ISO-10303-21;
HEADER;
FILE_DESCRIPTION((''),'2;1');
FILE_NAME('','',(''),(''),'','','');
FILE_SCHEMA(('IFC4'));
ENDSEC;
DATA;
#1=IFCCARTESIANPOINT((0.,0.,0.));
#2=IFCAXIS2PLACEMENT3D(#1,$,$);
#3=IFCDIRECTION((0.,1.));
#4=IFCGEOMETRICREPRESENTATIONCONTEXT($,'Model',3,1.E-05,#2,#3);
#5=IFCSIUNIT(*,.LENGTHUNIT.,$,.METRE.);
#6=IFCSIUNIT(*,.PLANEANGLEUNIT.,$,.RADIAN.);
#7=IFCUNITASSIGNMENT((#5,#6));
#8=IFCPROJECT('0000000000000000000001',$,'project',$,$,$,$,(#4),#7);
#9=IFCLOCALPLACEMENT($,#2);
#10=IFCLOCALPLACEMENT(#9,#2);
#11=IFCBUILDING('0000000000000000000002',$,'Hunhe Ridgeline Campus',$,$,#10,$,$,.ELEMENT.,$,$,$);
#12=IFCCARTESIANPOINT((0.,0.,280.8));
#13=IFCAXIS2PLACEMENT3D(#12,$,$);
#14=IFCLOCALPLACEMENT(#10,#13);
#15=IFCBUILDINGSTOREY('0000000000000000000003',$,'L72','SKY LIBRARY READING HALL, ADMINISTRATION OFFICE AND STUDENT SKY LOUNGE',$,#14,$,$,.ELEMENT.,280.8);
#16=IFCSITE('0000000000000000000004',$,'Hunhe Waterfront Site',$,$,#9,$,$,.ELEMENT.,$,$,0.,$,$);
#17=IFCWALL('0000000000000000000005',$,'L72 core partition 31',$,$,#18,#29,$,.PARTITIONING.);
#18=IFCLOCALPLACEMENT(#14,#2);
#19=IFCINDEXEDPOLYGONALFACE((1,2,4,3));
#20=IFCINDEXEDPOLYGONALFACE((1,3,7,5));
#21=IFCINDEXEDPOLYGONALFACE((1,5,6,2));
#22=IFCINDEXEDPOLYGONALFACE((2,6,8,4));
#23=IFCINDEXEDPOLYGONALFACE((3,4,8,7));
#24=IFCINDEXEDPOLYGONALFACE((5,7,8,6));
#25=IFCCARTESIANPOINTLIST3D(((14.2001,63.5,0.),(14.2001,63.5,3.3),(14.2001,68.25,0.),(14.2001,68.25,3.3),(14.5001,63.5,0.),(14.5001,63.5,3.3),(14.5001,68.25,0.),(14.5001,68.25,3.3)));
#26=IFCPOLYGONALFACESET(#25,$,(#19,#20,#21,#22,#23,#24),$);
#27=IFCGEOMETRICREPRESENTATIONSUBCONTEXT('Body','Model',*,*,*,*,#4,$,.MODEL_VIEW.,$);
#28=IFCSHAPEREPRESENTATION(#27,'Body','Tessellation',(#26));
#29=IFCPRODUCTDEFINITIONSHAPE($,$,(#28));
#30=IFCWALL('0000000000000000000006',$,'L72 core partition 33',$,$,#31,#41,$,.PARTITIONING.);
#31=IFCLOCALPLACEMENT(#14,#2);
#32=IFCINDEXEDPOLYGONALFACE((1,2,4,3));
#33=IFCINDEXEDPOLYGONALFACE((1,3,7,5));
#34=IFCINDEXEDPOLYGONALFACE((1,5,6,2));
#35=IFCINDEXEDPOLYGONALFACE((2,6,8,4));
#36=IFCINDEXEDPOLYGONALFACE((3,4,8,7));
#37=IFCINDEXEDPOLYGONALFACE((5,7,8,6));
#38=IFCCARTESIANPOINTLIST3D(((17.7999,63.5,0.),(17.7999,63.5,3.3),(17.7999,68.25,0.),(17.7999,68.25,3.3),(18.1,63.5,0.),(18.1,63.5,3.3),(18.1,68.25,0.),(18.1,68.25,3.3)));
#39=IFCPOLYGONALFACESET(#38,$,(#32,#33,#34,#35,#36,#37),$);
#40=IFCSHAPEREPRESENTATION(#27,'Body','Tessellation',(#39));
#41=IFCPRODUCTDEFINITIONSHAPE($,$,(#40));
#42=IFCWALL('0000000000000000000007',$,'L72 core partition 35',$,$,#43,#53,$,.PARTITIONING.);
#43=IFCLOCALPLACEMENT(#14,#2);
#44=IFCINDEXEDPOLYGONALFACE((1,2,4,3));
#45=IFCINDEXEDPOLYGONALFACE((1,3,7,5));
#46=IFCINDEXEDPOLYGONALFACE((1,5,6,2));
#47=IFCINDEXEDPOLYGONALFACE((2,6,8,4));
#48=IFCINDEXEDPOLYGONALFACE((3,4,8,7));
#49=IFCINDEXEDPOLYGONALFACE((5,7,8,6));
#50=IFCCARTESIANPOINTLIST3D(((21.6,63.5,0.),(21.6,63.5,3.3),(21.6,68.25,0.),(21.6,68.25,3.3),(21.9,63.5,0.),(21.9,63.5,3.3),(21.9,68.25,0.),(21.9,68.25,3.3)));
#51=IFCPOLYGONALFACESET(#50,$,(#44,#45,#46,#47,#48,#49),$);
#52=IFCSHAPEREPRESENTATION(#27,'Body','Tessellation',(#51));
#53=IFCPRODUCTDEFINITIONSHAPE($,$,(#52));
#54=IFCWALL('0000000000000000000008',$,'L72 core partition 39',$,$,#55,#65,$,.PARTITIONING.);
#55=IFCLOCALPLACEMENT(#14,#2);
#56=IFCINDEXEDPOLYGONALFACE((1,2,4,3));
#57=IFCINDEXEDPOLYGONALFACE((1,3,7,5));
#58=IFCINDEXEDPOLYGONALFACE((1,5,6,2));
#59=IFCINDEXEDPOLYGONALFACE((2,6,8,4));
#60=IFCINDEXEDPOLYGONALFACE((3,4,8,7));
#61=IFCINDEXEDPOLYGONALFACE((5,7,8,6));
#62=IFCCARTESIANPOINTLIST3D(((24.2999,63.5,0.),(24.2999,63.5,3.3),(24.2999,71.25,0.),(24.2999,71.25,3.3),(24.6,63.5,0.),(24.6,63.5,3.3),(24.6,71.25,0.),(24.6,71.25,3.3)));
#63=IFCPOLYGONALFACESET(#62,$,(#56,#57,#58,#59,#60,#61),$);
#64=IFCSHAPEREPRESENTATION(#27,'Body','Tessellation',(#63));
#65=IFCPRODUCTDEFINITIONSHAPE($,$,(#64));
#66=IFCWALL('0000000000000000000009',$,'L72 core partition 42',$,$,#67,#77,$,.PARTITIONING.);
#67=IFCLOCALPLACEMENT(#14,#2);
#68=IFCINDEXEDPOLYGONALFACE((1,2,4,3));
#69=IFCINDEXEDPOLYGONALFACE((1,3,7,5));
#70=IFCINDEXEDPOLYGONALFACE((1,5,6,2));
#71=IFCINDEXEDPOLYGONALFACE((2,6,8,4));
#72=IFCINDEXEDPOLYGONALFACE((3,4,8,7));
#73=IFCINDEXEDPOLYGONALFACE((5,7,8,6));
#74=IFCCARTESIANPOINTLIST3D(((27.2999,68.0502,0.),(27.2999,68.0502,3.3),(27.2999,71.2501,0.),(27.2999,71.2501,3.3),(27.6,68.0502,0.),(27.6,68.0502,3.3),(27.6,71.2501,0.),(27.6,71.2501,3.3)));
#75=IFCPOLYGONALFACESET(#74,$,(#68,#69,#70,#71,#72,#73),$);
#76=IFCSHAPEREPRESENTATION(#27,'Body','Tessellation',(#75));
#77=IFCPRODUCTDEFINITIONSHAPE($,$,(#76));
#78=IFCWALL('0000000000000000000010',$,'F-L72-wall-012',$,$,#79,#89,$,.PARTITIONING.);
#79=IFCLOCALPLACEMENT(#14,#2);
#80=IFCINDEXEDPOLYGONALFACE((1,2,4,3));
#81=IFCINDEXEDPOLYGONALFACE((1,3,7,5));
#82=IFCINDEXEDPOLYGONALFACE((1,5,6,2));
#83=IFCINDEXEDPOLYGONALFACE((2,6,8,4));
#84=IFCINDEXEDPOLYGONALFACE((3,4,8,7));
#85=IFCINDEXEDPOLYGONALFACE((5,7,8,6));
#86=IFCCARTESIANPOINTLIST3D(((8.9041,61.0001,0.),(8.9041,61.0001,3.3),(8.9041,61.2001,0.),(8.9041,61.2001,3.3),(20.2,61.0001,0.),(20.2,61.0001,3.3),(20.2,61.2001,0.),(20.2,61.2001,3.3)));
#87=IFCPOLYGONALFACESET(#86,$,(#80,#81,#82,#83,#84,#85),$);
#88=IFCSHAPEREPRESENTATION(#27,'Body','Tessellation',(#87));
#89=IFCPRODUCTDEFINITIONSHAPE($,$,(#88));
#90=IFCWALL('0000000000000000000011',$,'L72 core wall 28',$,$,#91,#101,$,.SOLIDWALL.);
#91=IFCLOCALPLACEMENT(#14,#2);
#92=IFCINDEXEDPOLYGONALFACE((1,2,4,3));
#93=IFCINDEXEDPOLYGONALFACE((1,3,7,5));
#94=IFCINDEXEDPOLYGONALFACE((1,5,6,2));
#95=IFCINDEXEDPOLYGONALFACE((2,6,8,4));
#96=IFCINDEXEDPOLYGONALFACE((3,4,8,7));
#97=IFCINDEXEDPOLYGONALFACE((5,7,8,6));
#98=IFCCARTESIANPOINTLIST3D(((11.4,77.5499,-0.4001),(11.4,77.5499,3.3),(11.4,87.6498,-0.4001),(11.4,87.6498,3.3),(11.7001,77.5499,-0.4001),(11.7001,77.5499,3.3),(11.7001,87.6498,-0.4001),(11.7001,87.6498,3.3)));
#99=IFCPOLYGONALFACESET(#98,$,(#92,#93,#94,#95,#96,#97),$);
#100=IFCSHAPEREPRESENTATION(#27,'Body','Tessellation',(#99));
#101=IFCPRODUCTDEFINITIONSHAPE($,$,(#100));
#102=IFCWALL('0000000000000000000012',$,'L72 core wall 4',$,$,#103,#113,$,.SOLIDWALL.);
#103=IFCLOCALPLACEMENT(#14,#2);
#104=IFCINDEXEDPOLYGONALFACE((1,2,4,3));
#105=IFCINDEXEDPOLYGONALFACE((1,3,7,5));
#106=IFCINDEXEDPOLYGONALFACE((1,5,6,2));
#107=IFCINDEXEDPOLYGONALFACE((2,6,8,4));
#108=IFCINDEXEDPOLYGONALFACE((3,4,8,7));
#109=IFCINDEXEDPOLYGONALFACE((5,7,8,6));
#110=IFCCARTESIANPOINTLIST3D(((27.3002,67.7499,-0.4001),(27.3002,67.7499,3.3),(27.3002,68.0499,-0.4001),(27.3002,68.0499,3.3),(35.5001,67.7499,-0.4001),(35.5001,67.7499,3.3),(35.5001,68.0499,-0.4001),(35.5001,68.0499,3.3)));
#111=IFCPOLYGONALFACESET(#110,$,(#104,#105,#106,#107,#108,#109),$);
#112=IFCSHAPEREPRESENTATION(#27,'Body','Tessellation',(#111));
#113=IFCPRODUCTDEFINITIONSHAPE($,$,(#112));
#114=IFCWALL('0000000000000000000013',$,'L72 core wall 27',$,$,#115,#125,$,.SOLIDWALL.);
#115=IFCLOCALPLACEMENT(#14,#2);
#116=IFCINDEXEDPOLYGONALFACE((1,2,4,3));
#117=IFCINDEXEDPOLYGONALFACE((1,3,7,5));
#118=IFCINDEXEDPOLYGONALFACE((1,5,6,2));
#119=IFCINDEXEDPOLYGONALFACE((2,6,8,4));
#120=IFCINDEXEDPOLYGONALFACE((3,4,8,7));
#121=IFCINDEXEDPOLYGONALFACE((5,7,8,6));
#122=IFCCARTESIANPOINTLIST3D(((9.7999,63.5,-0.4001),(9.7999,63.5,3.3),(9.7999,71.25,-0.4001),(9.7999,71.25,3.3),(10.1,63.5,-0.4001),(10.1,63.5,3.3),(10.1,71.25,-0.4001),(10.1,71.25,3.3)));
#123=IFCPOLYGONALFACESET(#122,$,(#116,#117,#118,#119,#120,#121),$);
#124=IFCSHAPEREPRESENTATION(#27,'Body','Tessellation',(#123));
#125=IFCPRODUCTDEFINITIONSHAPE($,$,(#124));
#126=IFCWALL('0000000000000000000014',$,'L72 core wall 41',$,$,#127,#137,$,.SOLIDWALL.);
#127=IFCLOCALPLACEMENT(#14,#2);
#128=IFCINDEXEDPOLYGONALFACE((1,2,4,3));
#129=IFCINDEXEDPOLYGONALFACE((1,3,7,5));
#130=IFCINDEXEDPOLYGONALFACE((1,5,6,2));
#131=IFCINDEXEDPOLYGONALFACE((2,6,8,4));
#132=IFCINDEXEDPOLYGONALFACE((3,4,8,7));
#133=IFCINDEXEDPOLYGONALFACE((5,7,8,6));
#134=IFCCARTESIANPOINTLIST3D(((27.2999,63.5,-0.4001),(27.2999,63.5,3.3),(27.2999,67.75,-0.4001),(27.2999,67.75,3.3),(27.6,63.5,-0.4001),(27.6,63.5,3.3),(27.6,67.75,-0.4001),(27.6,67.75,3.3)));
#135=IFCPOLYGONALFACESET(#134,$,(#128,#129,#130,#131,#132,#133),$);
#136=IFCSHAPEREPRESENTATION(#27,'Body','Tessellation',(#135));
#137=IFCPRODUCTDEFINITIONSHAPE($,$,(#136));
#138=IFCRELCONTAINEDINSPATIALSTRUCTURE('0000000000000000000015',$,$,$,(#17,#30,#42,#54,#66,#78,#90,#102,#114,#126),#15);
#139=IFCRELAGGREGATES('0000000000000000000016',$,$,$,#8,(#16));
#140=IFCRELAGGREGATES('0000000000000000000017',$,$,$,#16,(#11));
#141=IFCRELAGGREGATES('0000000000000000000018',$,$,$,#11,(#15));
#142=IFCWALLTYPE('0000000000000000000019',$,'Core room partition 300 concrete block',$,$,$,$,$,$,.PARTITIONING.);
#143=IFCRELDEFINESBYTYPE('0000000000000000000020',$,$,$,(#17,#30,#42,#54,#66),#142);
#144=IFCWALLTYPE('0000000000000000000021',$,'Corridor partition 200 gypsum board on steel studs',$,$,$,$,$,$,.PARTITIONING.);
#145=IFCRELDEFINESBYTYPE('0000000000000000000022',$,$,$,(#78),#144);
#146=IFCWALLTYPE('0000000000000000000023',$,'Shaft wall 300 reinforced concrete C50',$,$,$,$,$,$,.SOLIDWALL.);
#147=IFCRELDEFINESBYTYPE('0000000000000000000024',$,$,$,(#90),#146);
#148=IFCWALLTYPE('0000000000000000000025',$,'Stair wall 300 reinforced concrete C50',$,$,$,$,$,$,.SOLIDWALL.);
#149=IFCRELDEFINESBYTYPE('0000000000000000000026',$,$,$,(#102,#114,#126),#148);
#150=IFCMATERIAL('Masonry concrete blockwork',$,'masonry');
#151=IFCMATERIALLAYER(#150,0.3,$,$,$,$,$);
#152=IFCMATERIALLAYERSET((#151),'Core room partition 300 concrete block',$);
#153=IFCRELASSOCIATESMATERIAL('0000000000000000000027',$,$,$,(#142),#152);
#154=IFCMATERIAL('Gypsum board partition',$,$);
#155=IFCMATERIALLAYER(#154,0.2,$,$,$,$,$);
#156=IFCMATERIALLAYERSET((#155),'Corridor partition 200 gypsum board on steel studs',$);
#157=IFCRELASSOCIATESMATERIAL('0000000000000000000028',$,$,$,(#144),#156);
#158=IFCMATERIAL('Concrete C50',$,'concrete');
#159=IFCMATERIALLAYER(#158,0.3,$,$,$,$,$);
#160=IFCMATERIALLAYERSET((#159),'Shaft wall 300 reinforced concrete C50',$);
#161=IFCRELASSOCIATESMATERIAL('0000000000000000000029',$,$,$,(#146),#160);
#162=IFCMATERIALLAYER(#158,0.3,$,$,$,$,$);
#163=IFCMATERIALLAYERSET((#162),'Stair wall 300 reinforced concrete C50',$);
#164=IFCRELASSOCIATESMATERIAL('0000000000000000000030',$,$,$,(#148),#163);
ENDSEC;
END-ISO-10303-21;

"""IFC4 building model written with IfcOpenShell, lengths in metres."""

from ifc_helpers import new_model, si_unit, direction, frame, frame_2d, origin, place, context, subcontext, project, spatial, rectangle, extrude, material, layer, layer_set, type_object, element, save


model = new_model("IFC4")

# Units and contexts
model_context = context("Model", 3, precision=1e-05, world=origin(), true_north=direction((0.0, 1.0)))
body_context = subcontext(model_context, "Body", "Model", "MODEL_VIEW")
ifc_project = project(units=[si_unit("LENGTHUNIT", "METRE"), si_unit("PLANEANGLEUNIT", "RADIAN")], contexts=[model_context])

# Site, building, storey
site_placement = place(None, origin())
site = spatial("IfcSite", under=ifc_project, at=site_placement, Name="Hunhe Waterfront Site", CompositionType="ELEMENT", RefElevation=0.0)
building_placement = place(site_placement, origin())
building = spatial("IfcBuilding", under=site, at=building_placement, Name="Hunhe Ridgeline Campus", CompositionType="ELEMENT")
storey_placement = place(building_placement, frame((0.0, 0.0, 280.8)))
storey = spatial("IfcBuildingStorey", under=building, at=storey_placement, Name="L72", Description="SKY LIBRARY READING HALL, ADMINISTRATION OFFICE AND STUDENT SKY LOUNGE", CompositionType="ELEMENT", Elevation=280.8)

# Shared definitions
ifc_material_1 = material(Name="Masonry concrete blockwork", Category="masonry")
ifc_layer_1 = layer(ifc_material_1, 0.3)
ifc_layer_set_1 = layer_set([ifc_layer_1], Name="Core room partition 300 concrete block")
wall_type_1 = type_object("IfcWallType", Name="Core room partition 300 concrete block", PredefinedType="PARTITIONING", material=ifc_layer_set_1)

# Walls
for number, where, z_axis, x_axis, name in (
    (1, (14.3501, 63.5, 0.0), (0.0, 0.0, 1.0), (0.0, 1.0, 0.0), "L72 core partition 31"),
    (2, (17.95, 63.5, 0.0), (0.0, 0.0, 1.0), (0.0, 1.0, 0.0), "L72 core partition 33"),
    (3, (21.75, 63.5, 0.0), (0.0, 0.0, 1.0), (0.0, 1.0, 0.0), "L72 core partition 35"),
):
    element("IfcWall", number, at=place(storey_placement, frame(where, z_axis=z_axis, x_axis=x_axis)), inside=storey, type_object=wall_type_1, Name=name, PredefinedType="PARTITIONING", context=body_context, shape_type="SweptSolid", body=[
        extrude(rectangle(XDim=4.75, YDim=0.3, at=frame_2d((2.375, 0.0))), origin(), (0.0, 0.0, 1.0), 3.3),
    ])
wall_1_placement = place(storey_placement, frame((24.45, 63.5, 0.0), z_axis=(0.0, 0.0, 1.0), x_axis=(0.0, 1.0, 0.0)))
element("IfcWall", 4, at=wall_1_placement, inside=storey, type_object=wall_type_1, Name="L72 core partition 39", PredefinedType="PARTITIONING", context=body_context, shape_type="SweptSolid", body=[
    extrude(rectangle(XDim=7.75, YDim=0.3, at=frame_2d((3.875, 0.0))), origin(), (0.0, 0.0, 1.0), 3.3),
])
wall_2_placement = place(storey_placement, frame((27.45, 68.05, 0.0), z_axis=(0.0, 0.0, 1.0), x_axis=(0.0, 1.0, 0.0)))
element("IfcWall", 5, at=wall_2_placement, inside=storey, type_object=wall_type_1, Name="L72 core partition 42", PredefinedType="PARTITIONING", context=body_context, shape_type="SweptSolid", body=[
    extrude(rectangle(XDim=3.2, YDim=0.3, at=frame_2d((1.6001, 0.0))), origin(), (0.0, 0.0, 1.0), 3.3),
])
ifc_material_2 = material(Name="Gypsum board partition")
ifc_layer_2 = layer(ifc_material_2, 0.2)
ifc_layer_set_2 = layer_set([ifc_layer_2], Name="Corridor partition 200 gypsum board on steel studs")
wall_type_2 = type_object("IfcWallType", Name="Corridor partition 200 gypsum board on steel studs", PredefinedType="PARTITIONING", material=ifc_layer_set_2)
wall_3_placement = place(storey_placement, frame((20.2, 61.1001, 0.0), z_axis=(0.0, 0.0, 1.0), x_axis=(-1.0, 0.0, 0.0)))
element("IfcWall", 6, at=wall_3_placement, inside=storey, type_object=wall_type_2, Name="F-L72-wall-012", PredefinedType="PARTITIONING", context=body_context, shape_type="SweptSolid", body=[
    extrude(rectangle(XDim=11.2959, YDim=0.2, at=frame_2d((5.6479, 0.0))), origin(), (0.0, 0.0, 1.0), 3.3),
])

# Walls
ifc_material_3 = material(Name="Concrete C50", Category="concrete")
ifc_layer_3 = layer(ifc_material_3, 0.3)
ifc_layer_set_3 = layer_set([ifc_layer_3], Name="Shaft wall 300 reinforced concrete C50")
wall_type_3 = type_object("IfcWallType", Name="Shaft wall 300 reinforced concrete C50", PredefinedType="SOLIDWALL", material=ifc_layer_set_3)
wall_4_placement = place(storey_placement, frame((11.55, 77.55, -0.4001), z_axis=(0.0, 0.0, 1.0), x_axis=(0.0, 1.0, 0.0)))
element("IfcWall", 7, at=wall_4_placement, inside=storey, type_object=wall_type_3, Name="L72 core wall 28", PredefinedType="SOLIDWALL", context=body_context, shape_type="SweptSolid", body=[
    extrude(rectangle(XDim=10.0999, YDim=0.3, at=frame_2d((5.0498, 0.0))), origin(), (0.0, 0.0, 1.0), 3.7002),
])
ifc_layer_4 = layer(ifc_material_3, 0.3)
ifc_layer_set_4 = layer_set([ifc_layer_4], Name="Stair wall 300 reinforced concrete C50")
wall_type_4 = type_object("IfcWallType", Name="Stair wall 300 reinforced concrete C50", PredefinedType="SOLIDWALL", material=ifc_layer_set_4)
wall_5_placement = place(storey_placement, frame((27.3, 67.8999, -0.4001), z_axis=(0.0, 0.0, 1.0), x_axis=(1.0, 0.0, 0.0)))
element("IfcWall", 8, at=wall_5_placement, inside=storey, type_object=wall_type_4, Name="L72 core wall 4", PredefinedType="SOLIDWALL", context=body_context, shape_type="SweptSolid", body=[
    extrude(rectangle(XDim=8.2, YDim=0.3, at=frame_2d((4.1001, 0.0))), origin(), (0.0, 0.0, 1.0), 3.7002),
])
wall_6_placement = place(storey_placement, frame((9.95, 63.5, -0.4001), z_axis=(0.0, 0.0, 1.0), x_axis=(0.0, 1.0, 0.0)))
element("IfcWall", 9, at=wall_6_placement, inside=storey, type_object=wall_type_4, Name="L72 core wall 27", PredefinedType="SOLIDWALL", context=body_context, shape_type="SweptSolid", body=[
    extrude(rectangle(XDim=7.75, YDim=0.3, at=frame_2d((3.875, 0.0))), origin(), (0.0, 0.0, 1.0), 3.7002),
])
wall_7_placement = place(storey_placement, frame((27.45, 63.5, -0.4001), z_axis=(0.0, 0.0, 1.0), x_axis=(0.0, 1.0, 0.0)))
element("IfcWall", 10, at=wall_7_placement, inside=storey, type_object=wall_type_4, Name="L72 core wall 41", PredefinedType="SOLIDWALL", context=body_context, shape_type="SweptSolid", body=[
    extrude(rectangle(XDim=4.25, YDim=0.3, at=frame_2d((2.125, 0.0))), origin(), (0.0, 0.0, 1.0), 3.7002),
])

save(model, "model.ifc")
